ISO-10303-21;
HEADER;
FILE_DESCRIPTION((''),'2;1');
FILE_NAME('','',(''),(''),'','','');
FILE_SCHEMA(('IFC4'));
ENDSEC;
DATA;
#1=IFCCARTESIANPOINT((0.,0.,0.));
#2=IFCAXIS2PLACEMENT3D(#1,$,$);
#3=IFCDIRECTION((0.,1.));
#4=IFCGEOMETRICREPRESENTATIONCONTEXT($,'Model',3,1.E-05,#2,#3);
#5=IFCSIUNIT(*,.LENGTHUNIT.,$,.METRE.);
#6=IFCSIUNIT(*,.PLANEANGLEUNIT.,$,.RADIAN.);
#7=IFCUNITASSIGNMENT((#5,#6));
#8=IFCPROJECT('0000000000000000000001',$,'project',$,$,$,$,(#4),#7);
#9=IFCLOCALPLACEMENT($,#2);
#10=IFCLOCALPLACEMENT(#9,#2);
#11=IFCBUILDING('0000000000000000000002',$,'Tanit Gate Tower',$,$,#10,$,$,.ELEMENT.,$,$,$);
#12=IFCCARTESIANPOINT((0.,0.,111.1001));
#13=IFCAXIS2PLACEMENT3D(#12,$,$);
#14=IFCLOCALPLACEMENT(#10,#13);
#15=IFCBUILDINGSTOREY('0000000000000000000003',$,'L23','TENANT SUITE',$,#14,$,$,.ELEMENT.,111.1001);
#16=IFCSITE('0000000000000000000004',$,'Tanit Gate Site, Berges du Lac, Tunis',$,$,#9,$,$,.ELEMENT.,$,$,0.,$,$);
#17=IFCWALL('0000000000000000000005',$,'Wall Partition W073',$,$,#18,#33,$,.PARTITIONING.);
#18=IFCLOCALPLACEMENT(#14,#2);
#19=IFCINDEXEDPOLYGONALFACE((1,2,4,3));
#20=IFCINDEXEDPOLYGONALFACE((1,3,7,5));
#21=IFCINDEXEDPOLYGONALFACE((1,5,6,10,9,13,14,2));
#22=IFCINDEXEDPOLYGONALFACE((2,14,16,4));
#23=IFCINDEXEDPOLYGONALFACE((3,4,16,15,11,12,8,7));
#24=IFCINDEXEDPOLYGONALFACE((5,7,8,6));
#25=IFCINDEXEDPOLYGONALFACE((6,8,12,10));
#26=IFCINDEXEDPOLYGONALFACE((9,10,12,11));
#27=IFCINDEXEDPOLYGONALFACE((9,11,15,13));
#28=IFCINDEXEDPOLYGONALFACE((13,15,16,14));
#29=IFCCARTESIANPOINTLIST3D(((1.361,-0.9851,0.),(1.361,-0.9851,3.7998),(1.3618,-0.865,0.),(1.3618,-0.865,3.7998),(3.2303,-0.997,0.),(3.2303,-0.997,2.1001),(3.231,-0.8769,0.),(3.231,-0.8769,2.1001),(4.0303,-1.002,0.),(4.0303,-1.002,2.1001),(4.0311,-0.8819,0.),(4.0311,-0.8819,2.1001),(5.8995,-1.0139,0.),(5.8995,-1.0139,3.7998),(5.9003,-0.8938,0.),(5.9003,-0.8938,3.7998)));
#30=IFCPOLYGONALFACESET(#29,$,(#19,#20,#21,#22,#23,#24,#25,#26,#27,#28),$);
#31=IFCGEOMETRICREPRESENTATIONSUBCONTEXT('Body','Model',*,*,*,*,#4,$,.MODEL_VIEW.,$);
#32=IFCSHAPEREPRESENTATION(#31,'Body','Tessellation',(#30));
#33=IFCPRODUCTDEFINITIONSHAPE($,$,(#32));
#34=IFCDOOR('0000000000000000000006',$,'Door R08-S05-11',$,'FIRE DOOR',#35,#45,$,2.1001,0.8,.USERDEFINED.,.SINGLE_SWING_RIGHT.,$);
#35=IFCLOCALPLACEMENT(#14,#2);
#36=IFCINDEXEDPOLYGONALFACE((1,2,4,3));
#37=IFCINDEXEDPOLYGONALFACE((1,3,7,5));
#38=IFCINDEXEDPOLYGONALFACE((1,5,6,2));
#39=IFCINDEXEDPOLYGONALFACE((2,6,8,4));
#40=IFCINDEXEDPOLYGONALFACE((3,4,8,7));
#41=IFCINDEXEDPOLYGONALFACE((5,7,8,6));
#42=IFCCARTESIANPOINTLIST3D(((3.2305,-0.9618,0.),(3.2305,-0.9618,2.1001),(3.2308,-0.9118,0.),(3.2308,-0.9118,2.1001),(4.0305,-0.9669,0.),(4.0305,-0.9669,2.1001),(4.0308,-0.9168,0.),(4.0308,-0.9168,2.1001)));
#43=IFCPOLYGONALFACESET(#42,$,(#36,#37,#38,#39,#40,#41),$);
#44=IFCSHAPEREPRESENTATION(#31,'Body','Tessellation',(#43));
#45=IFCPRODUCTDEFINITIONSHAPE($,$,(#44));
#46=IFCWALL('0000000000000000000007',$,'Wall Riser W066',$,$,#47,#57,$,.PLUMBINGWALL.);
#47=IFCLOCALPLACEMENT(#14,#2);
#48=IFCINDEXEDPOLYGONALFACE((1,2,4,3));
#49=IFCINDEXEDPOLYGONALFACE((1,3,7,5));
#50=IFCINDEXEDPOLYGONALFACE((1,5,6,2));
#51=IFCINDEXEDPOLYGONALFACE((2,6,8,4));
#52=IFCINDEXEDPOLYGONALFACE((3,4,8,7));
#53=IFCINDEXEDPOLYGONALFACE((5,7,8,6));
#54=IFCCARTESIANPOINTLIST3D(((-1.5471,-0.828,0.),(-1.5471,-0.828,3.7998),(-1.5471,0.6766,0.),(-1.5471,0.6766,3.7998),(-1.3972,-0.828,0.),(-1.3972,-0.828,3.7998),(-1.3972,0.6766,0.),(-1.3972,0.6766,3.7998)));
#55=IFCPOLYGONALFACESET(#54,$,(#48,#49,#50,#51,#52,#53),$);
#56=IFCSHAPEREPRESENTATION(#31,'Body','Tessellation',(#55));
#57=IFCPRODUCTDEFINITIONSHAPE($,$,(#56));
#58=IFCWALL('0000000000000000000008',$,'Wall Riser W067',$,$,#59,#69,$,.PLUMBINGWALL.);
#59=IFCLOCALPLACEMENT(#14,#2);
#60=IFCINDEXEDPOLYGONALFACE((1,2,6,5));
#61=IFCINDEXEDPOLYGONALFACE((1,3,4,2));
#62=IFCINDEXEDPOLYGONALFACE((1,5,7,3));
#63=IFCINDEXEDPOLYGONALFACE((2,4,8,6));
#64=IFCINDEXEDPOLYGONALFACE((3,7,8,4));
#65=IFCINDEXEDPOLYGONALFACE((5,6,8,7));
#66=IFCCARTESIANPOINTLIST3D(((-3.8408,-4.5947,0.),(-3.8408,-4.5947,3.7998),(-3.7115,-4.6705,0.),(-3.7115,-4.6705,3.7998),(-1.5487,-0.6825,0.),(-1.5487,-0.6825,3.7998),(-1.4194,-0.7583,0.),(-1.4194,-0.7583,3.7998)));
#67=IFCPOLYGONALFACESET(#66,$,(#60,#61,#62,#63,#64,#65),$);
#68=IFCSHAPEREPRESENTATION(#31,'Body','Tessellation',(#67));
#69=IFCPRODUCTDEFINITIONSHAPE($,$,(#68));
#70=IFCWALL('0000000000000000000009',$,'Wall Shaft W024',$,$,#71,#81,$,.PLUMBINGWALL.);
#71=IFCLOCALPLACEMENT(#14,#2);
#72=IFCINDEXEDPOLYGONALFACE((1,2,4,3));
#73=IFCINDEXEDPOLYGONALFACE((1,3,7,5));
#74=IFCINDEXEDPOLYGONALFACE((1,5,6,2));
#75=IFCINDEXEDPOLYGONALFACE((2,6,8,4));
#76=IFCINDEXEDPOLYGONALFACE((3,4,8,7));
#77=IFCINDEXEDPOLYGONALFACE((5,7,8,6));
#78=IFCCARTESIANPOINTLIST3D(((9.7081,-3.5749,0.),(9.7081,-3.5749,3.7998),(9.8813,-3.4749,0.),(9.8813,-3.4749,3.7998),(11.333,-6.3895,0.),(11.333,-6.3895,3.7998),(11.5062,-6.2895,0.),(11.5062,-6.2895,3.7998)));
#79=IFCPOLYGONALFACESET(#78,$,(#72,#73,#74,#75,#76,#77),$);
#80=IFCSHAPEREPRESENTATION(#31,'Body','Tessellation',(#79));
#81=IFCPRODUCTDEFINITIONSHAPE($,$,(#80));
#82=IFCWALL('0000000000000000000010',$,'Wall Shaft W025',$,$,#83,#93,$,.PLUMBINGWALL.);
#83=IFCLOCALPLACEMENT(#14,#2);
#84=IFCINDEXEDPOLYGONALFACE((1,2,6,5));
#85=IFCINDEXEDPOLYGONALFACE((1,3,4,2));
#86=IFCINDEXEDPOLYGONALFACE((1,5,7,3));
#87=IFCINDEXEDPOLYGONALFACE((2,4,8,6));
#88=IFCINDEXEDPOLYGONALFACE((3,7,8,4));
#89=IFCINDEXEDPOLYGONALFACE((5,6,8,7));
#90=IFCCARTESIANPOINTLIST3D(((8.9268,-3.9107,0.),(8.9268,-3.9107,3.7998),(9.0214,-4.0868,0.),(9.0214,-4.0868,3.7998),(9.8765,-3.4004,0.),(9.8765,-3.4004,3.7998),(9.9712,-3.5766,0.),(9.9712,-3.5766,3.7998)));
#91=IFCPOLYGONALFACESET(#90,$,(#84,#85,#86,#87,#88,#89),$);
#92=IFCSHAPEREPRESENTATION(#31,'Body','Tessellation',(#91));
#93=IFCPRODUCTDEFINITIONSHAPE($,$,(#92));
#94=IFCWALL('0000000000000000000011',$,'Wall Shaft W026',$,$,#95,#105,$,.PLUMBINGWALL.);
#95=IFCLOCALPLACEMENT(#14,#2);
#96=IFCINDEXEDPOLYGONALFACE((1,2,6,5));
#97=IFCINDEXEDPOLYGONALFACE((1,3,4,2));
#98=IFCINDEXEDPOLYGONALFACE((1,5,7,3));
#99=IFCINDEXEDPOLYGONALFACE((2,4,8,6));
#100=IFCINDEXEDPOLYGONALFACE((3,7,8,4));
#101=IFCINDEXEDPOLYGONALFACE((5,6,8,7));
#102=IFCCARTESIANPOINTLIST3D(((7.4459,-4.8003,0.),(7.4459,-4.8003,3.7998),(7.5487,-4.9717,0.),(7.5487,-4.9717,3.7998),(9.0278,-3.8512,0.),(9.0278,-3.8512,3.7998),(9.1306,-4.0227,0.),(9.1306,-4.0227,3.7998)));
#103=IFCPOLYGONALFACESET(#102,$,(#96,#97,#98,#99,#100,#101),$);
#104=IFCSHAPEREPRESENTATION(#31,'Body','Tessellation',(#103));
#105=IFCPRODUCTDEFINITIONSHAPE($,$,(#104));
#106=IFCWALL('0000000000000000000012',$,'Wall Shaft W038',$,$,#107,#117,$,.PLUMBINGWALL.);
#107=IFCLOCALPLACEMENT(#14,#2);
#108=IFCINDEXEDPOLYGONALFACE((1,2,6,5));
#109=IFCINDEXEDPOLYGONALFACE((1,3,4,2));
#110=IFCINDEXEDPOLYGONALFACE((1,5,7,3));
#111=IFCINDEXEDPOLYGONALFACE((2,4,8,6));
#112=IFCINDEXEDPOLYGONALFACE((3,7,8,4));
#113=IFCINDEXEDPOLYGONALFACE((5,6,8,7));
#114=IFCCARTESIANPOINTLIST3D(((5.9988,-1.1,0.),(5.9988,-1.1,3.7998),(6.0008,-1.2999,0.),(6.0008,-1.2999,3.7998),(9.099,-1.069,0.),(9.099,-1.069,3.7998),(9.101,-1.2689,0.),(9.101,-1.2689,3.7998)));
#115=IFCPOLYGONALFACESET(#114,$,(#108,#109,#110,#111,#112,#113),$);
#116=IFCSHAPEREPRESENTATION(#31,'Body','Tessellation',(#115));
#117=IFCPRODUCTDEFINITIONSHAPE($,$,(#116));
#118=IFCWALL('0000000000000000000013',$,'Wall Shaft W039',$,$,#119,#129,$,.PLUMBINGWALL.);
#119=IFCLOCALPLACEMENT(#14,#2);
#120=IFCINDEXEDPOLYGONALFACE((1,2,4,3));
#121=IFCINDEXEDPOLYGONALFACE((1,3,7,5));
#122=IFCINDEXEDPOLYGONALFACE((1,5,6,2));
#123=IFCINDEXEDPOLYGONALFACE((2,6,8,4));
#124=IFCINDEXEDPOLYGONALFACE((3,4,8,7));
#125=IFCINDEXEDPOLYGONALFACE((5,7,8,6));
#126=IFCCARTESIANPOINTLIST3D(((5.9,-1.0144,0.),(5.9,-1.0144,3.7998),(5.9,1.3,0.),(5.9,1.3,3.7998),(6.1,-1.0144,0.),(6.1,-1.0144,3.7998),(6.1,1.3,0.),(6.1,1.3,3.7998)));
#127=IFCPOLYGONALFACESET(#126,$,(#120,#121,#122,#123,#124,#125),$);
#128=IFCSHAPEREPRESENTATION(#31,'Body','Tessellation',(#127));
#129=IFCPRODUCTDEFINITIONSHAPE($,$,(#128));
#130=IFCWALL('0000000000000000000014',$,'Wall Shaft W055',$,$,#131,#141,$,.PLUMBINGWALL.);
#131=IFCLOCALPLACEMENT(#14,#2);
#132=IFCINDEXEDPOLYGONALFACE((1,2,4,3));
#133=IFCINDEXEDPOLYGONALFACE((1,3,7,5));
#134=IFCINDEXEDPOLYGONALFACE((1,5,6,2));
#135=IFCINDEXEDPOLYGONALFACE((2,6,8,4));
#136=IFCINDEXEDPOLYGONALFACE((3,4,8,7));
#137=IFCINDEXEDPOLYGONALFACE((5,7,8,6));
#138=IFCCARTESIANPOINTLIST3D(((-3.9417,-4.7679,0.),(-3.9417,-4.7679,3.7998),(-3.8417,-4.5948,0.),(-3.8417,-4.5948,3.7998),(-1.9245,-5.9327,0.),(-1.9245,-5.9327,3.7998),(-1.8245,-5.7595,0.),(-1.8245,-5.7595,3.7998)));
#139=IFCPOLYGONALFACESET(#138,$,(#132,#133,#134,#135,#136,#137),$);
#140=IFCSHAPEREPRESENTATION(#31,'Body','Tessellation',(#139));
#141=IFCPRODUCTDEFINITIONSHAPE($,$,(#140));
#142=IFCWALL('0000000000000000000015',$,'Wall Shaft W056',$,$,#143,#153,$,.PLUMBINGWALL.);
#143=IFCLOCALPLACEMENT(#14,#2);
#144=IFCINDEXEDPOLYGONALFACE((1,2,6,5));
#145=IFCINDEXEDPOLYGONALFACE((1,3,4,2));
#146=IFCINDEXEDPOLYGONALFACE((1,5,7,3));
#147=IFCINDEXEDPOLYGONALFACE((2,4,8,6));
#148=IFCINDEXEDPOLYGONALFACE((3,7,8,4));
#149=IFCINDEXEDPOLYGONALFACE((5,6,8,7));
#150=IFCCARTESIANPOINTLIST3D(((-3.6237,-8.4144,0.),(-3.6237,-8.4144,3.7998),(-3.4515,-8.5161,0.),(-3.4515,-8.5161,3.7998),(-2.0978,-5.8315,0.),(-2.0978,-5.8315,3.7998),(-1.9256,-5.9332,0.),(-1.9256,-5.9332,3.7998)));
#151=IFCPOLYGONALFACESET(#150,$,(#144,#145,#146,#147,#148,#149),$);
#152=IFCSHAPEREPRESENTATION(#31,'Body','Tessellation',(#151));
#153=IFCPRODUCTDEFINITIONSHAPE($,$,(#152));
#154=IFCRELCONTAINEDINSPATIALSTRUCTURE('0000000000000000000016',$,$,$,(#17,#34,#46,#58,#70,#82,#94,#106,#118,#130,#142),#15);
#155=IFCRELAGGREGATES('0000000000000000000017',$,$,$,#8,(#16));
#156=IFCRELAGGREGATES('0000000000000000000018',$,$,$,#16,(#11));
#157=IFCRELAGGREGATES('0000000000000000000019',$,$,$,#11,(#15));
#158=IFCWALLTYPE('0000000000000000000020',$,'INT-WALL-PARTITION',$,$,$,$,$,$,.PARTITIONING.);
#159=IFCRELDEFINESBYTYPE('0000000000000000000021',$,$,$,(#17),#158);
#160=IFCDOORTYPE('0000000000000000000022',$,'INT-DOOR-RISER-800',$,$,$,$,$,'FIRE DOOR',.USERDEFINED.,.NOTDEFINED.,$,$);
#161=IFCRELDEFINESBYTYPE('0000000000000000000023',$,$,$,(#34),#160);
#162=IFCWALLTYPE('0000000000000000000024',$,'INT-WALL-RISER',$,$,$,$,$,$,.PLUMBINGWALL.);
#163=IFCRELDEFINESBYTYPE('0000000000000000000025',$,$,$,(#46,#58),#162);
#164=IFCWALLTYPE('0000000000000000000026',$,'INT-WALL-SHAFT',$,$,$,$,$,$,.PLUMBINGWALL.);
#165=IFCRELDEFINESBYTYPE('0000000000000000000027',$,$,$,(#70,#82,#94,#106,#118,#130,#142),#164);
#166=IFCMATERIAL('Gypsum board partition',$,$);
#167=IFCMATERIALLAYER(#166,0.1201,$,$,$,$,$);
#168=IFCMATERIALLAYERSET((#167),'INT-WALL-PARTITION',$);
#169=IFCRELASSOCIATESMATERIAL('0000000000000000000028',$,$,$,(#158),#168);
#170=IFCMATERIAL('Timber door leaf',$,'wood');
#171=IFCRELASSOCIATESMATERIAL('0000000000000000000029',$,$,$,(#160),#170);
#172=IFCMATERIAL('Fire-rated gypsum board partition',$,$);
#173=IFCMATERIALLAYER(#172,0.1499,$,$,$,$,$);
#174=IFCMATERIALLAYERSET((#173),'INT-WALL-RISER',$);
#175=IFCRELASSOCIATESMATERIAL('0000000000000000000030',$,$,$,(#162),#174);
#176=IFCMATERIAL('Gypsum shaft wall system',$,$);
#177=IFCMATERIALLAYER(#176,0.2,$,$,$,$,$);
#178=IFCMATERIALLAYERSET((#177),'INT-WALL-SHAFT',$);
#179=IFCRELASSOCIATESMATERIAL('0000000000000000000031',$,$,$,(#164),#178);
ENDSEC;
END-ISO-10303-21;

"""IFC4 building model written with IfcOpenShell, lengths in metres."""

from ifc_helpers import new_model, si_unit, direction, frame, frame_2d, origin, place, context, subcontext, project, spatial, rectangle, extrude, material, layer, layer_set, type_object, element, fill, save


model = new_model("IFC4")

# Units and contexts
model_context = context("Model", 3, precision=1e-05, world=origin(), true_north=direction((0.0, 1.0)))
body_context = subcontext(model_context, "Body", "Model", "MODEL_VIEW")
ifc_project = project(units=[si_unit("LENGTHUNIT", "METRE"), si_unit("PLANEANGLEUNIT", "RADIAN")], contexts=[model_context])

# Site, building, storey
site_placement = place(None, origin())
site = spatial("IfcSite", under=ifc_project, at=site_placement, Name="Tanit Gate Site, Berges du Lac, Tunis", CompositionType="ELEMENT", RefElevation=0.0)
building_placement = place(site_placement, origin())
building = spatial("IfcBuilding", under=site, at=building_placement, Name="Tanit Gate Tower", CompositionType="ELEMENT")
storey_placement = place(building_placement, frame((0.0, 0.0, 111.1001)))
storey = spatial("IfcBuildingStorey", under=building, at=storey_placement, Name="L23", Description="TENANT SUITE", CompositionType="ELEMENT", Elevation=111.1001)

# Shared definitions
ifc_material_1 = material(Name="Gypsum board partition")
ifc_layer_1 = layer(ifc_material_1, 0.1201)
ifc_layer_set_1 = layer_set([ifc_layer_1], Name="INT-WALL-PARTITION")
wall_type_1 = type_object("IfcWallType", Name="INT-WALL-PARTITION", PredefinedType="PARTITIONING", material=ifc_layer_set_1)

# Wall, opening, door
wall_1_placement = place(storey_placement, frame((5.8999, -0.9539, 0.0), z_axis=(0.0, 0.0, 1.0), x_axis=(-0.99998, 0.006347, 0.0)))
wall_1 = element("IfcWall", 1, at=wall_1_placement, inside=storey, type_object=wall_type_1, Name="Wall Partition W073", PredefinedType="PARTITIONING", context=body_context, shape_type="SweptSolid", body=[
    extrude(rectangle(XDim=4.5386, YDim=0.1201, at=frame_2d((2.2693, 0.0))), origin(), (0.0, 0.0, 1.0), 3.7998),
])
opening_1_placement = place(wall_1_placement, frame((1.8694, 0.0, 0.0)))
opening_1 = element("IfcOpeningElement", 2, at=opening_1_placement, cuts=wall_1, PredefinedType="OPENING", context=body_context, shape_type="SweptSolid", body=[
    extrude(rectangle(XDim=0.8, YDim=2.1001, at=frame_2d((0.3999, 1.05))), frame((0.0, 0.0701, 0.0), z_axis=(0.0, -1.0, 0.0), x_axis=(1.0, 0.0, 0.0)), (0.0, 0.0, 1.0), 0.1401),
])
ifc_material_2 = material(Name="Timber door leaf", Category="wood")
door_type_1 = type_object("IfcDoorType", Name="INT-DOOR-RISER-800", ElementType="FIRE DOOR", OperationType="NOTDEFINED", PredefinedType="USERDEFINED", material=ifc_material_2)
door_1_placement = place(opening_1_placement, origin())
door_1 = element("IfcDoor", 3, at=door_1_placement, inside=storey, type_object=door_type_1, Name="Door R08-S05-11", ObjectType="FIRE DOOR", OperationType="SINGLE_SWING_RIGHT", OverallHeight=2.1001, OverallWidth=0.8, PredefinedType="USERDEFINED", context=body_context, shape_type="SweptSolid", body=[
    extrude(rectangle(XDim=0.8, YDim=2.1001, at=frame_2d((0.3999, 1.05))), frame((0.0, 0.0249, 0.0), z_axis=(0.0, -1.0, 0.0), x_axis=(1.0, 0.0, 0.0)), (0.0, 0.0, 1.0), 0.05),
])
fill(opening_1, door_1)

# Walls
ifc_material_3 = material(Name="Fire-rated gypsum board partition")
ifc_layer_2 = layer(ifc_material_3, 0.1499)
ifc_layer_set_2 = layer_set([ifc_layer_2], Name="INT-WALL-RISER")
wall_type_2 = type_object("IfcWallType", Name="INT-WALL-RISER", PredefinedType="PLUMBINGWALL", material=ifc_layer_set_2)
wall_2_placement = place(storey_placement, frame((-1.4722, -0.8281, 0.0), z_axis=(0.0, 0.0, 1.0), x_axis=(0.0, 1.0, 0.0)))
element("IfcWall", 4, at=wall_2_placement, inside=storey, type_object=wall_type_2, Name="Wall Riser W066", PredefinedType="PLUMBINGWALL", context=body_context, shape_type="SweptSolid", body=[
    extrude(rectangle(XDim=1.5046, YDim=0.1499, at=frame_2d((0.7524, 0.0))), origin(), (0.0, 0.0, 1.0), 3.7998),
])
wall_3_placement = place(storey_placement, frame((-3.7761, -4.6326, 0.0), z_axis=(0.0, 0.0, 1.0), x_axis=(0.505504, 0.862824, 0.0)))
element("IfcWall", 5, at=wall_3_placement, inside=storey, type_object=wall_type_2, Name="Wall Riser W067", PredefinedType="PLUMBINGWALL", context=body_context, shape_type="SweptSolid", body=[
    extrude(rectangle(XDim=4.5342, YDim=0.1499, at=frame_2d((2.2671, 0.0))), origin(), (0.0, 0.0, 1.0), 3.7998),
])
ifc_material_4 = material(Name="Gypsum shaft wall system")
ifc_layer_3 = layer(ifc_material_4, 0.2)
ifc_layer_set_3 = layer_set([ifc_layer_3], Name="INT-WALL-SHAFT")
wall_type_3 = type_object("IfcWallType", Name="INT-WALL-SHAFT", PredefinedType="PLUMBINGWALL", material=ifc_layer_set_3)
wall_4_placement = place(storey_placement, frame((9.7947, -3.5249, 0.0), z_axis=(0.0, 0.0, 1.0), x_axis=(0.499985, -0.866034, 0.0)))
element("IfcWall", 6, at=wall_4_placement, inside=storey, type_object=wall_type_3, Name="Wall Shaft W024", PredefinedType="PLUMBINGWALL", context=body_context, shape_type="SweptSolid", body=[
    extrude(rectangle(XDim=3.25, YDim=0.2, at=frame_2d((1.625, 0.0))), origin(), (0.0, 0.0, 1.0), 3.7998),
])
wall_5_placement = place(storey_placement, frame((8.9741, -3.9988, 0.0), z_axis=(0.0, 0.0, 1.0), x_axis=(0.880907, 0.473289, 0.0)))
element("IfcWall", 7, at=wall_5_placement, inside=storey, type_object=wall_type_3, Name="Wall Shaft W025", PredefinedType="PLUMBINGWALL", context=body_context, shape_type="SweptSolid", body=[
    extrude(rectangle(XDim=1.0781, YDim=0.2, at=frame_2d((0.5391, 0.0))), origin(), (0.0, 0.0, 1.0), 3.7998),
])
wall_6_placement = place(storey_placement, frame((7.4973, -4.886, 0.0), z_axis=(0.0, 0.0, 1.0), x_axis=(0.857516, 0.514457, 0.0)))
element("IfcWall", 8, at=wall_6_placement, inside=storey, type_object=wall_type_3, Name="Wall Shaft W026", PredefinedType="PLUMBINGWALL", context=body_context, shape_type="SweptSolid", body=[
    extrude(rectangle(XDim=1.8447, YDim=0.2, at=frame_2d((0.9224, 0.0))), origin(), (0.0, 0.0, 1.0), 3.7998),
])
wall_7_placement = place(storey_placement, frame((9.1001, -1.1689, 0.0), z_axis=(0.0, 0.0, 1.0), x_axis=(-0.99995, -0.010001, 0.0)))
element("IfcWall", 9, at=wall_7_placement, inside=storey, type_object=wall_type_3, Name="Wall Shaft W038", PredefinedType="PLUMBINGWALL", context=body_context, shape_type="SweptSolid", body=[
    extrude(rectangle(XDim=3.1003, YDim=0.2, at=frame_2d((1.5503, 0.0))), origin(), (0.0, 0.0, 1.0), 3.7998),
])
wall_8_placement = place(storey_placement, frame((6.0, -1.0144, 0.0), z_axis=(0.0, 0.0, 1.0), x_axis=(0.0, 1.0, 0.0)))
element("IfcWall", 10, at=wall_8_placement, inside=storey, type_object=wall_type_3, Name="Wall Shaft W039", PredefinedType="PLUMBINGWALL", context=body_context, shape_type="SweptSolid", body=[
    extrude(rectangle(XDim=2.3145, YDim=0.2, at=frame_2d((1.1572, 0.0))), origin(), (0.0, 0.0, 1.0), 3.7998),
])

# Walls
wall_9_placement = place(storey_placement, frame((-3.8916, -4.6814, 0.0), z_axis=(0.0, 0.0, 1.0), x_axis=(0.866009, -0.500028, 0.0)))
element("IfcWall", 11, at=wall_9_placement, inside=storey, type_object=wall_type_3, Name="Wall Shaft W055", PredefinedType="PLUMBINGWALL", context=body_context, shape_type="SweptSolid", body=[
    extrude(rectangle(XDim=2.3293, YDim=0.2, at=frame_2d((1.1646, 0.0))), origin(), (0.0, 0.0, 1.0), 3.7998),
])
wall_10_placement = place(storey_placement, frame((-2.0117, -5.8823, 0.0), z_axis=(0.0, 0.0, 1.0), x_axis=(-0.50862, -0.860991, 0.0)))
element("IfcWall", 12, at=wall_10_placement, inside=storey, type_object=wall_type_3, Name="Wall Shaft W056", PredefinedType="PLUMBINGWALL", context=body_context, shape_type="SweptSolid", body=[
    extrude(rectangle(XDim=3.0, YDim=0.2, at=frame_2d((1.5, 0.0))), origin(), (0.0, 0.0, 1.0), 3.7998),
])

save(model, "model.ifc")
